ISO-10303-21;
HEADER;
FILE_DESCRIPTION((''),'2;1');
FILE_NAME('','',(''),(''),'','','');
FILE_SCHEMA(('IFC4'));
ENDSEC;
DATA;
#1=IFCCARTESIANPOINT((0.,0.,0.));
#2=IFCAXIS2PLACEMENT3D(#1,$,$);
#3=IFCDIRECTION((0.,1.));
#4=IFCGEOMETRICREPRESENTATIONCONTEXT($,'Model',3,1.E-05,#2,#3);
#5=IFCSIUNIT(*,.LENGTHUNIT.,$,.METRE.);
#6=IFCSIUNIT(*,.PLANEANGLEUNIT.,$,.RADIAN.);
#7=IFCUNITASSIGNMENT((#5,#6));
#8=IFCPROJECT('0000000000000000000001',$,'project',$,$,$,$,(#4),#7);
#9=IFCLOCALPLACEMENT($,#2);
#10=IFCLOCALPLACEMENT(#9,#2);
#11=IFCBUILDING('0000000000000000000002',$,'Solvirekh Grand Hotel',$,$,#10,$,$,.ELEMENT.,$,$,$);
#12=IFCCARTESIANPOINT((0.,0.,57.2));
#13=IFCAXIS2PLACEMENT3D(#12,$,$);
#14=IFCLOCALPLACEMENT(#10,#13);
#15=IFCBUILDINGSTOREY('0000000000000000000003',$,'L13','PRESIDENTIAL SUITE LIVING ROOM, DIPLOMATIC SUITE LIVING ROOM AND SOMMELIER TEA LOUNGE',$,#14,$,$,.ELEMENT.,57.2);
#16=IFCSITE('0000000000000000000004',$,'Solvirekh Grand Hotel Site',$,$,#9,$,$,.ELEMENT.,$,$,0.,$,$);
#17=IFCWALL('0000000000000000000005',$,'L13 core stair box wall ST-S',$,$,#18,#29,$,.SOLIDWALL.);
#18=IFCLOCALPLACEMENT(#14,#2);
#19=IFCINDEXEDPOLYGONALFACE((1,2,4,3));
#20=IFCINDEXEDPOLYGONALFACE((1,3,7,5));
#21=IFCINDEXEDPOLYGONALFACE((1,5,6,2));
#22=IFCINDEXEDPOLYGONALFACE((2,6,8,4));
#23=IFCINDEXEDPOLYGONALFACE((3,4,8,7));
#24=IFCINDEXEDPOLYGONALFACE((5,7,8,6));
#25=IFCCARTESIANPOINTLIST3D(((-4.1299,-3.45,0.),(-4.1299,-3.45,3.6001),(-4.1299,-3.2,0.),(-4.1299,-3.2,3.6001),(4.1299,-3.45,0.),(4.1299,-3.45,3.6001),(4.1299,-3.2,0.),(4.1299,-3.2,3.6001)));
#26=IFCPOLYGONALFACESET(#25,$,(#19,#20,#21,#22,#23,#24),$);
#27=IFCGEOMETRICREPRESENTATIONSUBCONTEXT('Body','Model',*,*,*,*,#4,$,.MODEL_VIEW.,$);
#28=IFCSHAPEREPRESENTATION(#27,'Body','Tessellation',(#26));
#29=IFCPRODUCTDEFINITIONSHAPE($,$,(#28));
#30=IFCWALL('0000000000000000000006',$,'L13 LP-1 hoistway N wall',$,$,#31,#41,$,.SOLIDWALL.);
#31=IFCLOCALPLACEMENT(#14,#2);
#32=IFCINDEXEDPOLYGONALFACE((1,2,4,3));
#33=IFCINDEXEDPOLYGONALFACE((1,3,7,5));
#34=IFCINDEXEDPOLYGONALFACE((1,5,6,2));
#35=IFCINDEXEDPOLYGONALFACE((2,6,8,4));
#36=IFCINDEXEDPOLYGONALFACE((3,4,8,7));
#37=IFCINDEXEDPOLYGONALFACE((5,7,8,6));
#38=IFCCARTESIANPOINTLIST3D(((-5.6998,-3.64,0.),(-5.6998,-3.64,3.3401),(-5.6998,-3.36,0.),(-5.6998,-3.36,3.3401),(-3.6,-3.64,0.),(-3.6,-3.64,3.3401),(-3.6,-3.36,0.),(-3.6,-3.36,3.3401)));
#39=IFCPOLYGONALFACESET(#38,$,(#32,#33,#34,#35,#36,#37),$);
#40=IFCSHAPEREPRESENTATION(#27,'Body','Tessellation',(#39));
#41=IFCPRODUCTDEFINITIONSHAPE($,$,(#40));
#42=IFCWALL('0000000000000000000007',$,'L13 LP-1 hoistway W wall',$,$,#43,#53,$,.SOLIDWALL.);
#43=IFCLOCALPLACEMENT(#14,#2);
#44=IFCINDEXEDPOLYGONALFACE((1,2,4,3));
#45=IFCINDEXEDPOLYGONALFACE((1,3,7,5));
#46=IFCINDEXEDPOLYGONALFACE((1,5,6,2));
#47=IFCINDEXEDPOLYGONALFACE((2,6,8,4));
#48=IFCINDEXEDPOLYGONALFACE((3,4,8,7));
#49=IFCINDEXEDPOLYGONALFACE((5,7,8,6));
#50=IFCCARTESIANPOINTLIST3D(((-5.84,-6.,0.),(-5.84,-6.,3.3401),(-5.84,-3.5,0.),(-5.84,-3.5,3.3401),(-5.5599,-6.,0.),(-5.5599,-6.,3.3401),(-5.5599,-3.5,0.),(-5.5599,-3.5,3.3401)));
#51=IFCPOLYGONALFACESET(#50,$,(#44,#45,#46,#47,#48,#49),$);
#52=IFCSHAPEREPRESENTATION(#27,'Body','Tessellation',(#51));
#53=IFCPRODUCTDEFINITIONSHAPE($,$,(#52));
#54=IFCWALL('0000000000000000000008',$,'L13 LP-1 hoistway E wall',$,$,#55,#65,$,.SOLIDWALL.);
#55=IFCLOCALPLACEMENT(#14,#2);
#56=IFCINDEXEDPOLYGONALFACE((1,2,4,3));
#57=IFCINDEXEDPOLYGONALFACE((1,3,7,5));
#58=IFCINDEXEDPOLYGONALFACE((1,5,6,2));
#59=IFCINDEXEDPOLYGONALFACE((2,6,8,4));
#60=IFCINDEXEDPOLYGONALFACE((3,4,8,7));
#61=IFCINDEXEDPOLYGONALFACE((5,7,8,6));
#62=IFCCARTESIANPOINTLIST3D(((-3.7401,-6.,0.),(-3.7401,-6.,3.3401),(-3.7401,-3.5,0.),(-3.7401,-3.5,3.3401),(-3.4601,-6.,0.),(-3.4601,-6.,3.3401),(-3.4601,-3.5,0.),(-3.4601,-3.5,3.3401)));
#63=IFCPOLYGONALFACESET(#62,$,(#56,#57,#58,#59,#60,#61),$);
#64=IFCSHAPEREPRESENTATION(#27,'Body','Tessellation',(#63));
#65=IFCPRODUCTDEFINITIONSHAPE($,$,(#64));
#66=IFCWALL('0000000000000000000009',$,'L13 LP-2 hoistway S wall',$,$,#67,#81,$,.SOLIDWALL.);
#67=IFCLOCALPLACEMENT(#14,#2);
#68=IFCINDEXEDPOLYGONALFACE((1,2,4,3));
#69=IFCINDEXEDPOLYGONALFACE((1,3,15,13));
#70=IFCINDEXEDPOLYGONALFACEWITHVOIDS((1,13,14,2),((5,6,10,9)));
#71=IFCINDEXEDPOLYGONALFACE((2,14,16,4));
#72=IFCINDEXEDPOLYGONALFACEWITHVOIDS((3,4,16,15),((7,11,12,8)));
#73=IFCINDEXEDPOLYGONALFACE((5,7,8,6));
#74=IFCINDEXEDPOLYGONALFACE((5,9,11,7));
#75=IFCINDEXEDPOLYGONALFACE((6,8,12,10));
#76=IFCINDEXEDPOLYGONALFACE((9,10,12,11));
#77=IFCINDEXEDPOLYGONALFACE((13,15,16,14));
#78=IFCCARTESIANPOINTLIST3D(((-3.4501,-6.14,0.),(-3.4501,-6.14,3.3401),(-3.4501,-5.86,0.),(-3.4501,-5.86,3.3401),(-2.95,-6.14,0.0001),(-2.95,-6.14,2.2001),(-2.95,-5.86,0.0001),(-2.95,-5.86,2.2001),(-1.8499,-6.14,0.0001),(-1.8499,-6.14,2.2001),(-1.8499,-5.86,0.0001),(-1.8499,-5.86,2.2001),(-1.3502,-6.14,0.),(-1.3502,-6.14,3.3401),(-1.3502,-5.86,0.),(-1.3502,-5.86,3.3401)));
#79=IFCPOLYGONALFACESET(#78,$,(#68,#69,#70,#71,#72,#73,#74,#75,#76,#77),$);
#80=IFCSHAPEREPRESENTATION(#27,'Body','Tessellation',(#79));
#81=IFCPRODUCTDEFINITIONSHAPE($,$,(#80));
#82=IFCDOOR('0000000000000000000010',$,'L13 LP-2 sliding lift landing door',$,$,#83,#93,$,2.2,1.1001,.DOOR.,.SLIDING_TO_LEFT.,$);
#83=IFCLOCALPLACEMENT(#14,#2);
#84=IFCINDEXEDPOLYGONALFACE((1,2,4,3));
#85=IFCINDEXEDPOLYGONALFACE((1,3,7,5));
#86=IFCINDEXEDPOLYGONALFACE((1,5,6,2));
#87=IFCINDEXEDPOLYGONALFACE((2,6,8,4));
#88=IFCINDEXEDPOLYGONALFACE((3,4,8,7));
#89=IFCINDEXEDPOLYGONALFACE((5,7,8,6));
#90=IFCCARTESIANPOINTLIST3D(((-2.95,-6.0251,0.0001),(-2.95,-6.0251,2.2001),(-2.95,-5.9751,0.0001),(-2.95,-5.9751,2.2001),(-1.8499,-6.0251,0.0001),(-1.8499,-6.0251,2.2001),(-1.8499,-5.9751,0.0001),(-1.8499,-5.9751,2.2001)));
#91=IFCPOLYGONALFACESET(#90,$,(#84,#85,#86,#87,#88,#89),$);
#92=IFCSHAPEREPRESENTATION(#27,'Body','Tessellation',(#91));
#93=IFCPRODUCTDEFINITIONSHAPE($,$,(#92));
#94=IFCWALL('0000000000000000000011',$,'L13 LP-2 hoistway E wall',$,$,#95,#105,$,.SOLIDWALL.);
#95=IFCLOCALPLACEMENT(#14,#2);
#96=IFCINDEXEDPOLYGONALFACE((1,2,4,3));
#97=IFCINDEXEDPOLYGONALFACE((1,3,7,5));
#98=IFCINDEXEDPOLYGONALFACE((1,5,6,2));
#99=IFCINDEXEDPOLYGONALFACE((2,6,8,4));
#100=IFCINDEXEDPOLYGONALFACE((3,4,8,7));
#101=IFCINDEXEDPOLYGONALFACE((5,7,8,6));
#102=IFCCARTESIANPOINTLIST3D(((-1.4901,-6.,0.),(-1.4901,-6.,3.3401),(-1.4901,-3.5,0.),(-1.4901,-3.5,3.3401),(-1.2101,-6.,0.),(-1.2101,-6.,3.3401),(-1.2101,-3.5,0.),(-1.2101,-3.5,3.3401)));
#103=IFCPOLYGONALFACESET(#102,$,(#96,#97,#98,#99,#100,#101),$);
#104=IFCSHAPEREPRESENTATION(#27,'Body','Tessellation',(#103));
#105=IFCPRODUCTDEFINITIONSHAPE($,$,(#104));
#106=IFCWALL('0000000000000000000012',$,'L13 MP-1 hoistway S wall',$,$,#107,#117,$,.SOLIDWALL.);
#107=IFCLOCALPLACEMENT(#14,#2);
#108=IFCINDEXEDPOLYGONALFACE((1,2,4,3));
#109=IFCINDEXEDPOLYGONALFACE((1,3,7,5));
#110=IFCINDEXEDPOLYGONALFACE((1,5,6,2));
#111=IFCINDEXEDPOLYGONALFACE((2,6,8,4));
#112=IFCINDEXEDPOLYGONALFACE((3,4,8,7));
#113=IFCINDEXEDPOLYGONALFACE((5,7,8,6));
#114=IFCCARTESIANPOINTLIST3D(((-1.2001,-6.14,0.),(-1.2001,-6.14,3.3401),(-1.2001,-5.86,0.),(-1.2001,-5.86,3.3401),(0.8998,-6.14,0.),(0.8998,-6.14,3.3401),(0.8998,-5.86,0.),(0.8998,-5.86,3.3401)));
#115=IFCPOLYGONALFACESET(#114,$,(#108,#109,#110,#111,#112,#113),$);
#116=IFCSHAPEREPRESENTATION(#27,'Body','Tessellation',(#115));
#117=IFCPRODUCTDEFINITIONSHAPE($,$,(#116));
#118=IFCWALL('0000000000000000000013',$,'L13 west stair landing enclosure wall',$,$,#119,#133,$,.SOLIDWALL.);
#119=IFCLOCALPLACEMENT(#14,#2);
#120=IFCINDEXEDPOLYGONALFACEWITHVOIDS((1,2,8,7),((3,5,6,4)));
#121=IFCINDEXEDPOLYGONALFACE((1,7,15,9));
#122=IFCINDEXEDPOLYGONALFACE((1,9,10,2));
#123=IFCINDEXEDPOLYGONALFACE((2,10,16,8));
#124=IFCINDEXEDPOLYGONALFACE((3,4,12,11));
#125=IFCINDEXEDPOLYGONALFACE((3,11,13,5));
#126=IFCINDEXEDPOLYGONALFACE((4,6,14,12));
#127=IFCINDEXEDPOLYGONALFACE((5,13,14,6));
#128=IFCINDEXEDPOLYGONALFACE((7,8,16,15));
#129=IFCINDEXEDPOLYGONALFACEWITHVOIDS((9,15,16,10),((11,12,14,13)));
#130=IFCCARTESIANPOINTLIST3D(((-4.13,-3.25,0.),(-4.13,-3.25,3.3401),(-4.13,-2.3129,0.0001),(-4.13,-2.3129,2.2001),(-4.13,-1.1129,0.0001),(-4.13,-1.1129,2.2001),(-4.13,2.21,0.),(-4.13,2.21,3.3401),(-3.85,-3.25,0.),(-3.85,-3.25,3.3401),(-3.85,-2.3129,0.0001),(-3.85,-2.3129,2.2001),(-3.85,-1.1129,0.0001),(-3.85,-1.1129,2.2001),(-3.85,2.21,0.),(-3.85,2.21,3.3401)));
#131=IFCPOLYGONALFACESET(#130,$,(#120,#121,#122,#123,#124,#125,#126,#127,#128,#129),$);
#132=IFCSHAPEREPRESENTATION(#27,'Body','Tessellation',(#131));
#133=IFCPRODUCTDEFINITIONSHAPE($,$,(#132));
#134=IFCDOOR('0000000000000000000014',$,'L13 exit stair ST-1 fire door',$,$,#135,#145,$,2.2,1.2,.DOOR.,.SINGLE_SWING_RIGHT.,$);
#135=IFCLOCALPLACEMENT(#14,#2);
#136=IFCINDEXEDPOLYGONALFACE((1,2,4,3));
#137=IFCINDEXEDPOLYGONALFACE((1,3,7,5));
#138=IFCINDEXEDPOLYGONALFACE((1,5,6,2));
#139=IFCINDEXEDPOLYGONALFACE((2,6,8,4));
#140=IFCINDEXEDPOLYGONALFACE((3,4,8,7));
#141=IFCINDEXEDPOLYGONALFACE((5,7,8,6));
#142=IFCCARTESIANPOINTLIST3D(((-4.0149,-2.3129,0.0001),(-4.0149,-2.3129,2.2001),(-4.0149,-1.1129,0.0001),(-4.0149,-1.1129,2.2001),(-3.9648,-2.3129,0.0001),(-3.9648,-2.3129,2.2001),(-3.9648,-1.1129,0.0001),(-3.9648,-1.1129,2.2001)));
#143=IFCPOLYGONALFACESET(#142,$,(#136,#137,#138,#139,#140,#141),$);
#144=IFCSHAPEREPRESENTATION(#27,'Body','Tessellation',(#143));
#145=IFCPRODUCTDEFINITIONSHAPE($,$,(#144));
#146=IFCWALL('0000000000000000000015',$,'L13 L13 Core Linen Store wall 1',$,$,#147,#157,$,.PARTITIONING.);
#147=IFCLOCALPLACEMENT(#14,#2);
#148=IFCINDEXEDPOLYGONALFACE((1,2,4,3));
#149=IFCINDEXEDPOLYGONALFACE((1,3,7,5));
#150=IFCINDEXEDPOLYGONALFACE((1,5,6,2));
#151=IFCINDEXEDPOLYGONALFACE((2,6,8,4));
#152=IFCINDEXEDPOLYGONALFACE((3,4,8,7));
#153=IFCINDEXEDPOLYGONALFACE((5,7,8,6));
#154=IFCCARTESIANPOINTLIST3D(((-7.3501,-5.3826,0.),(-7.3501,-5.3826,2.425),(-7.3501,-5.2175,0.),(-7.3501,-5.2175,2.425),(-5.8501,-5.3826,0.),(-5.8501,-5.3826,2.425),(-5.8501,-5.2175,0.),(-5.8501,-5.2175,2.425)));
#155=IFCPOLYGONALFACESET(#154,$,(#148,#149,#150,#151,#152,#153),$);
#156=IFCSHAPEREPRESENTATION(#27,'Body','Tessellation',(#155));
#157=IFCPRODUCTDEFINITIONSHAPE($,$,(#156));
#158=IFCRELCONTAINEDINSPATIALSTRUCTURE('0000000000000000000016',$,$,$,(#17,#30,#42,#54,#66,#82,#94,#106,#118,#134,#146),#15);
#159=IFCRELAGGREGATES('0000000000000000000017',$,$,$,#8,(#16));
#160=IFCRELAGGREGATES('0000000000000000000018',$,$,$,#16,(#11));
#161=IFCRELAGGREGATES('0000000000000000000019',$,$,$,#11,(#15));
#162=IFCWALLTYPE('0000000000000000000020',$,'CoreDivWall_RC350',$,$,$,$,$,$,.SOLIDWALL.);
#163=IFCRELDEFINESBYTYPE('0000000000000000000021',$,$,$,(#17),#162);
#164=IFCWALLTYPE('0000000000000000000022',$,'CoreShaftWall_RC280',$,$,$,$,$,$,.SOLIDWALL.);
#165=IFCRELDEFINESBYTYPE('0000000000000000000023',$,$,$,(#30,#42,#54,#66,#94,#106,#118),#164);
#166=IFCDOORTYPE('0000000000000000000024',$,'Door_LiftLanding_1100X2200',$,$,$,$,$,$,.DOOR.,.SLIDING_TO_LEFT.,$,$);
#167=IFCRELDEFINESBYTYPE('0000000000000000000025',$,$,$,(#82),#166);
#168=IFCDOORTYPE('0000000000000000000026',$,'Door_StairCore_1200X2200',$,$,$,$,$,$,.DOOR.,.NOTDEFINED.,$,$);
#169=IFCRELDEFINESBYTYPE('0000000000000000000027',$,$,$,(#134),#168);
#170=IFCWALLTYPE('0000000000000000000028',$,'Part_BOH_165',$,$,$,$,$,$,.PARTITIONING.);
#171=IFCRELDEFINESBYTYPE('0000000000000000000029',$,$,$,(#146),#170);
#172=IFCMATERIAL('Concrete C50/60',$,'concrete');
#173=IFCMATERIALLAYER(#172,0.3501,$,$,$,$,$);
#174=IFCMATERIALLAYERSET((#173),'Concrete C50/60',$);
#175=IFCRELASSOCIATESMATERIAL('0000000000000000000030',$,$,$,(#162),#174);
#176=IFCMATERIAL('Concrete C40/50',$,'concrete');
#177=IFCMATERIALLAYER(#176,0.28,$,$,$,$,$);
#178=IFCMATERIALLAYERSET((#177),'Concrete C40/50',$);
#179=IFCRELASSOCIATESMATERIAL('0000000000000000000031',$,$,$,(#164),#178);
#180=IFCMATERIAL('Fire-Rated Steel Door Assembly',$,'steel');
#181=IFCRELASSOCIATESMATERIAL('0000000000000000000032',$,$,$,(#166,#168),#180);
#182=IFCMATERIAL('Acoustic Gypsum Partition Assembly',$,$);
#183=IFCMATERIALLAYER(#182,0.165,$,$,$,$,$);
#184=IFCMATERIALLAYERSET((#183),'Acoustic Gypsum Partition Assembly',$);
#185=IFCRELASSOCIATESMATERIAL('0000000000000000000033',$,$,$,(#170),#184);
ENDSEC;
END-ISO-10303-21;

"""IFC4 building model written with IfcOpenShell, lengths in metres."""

from ifc_helpers import new_model, si_unit, direction, frame, frame_2d, origin, place, context, subcontext, project, spatial, rectangle, extrude, material, layer, layer_set, type_object, element, fill, save


model = new_model("IFC4")

# Units and contexts
model_context = context("Model", 3, precision=1e-05, world=origin(), true_north=direction((0.0, 1.0)))
body_context = subcontext(model_context, "Body", "Model", "MODEL_VIEW")
ifc_project = project(units=[si_unit("LENGTHUNIT", "METRE"), si_unit("PLANEANGLEUNIT", "RADIAN")], contexts=[model_context])

# Site, building, storey
site_placement = place(None, origin())
site = spatial("IfcSite", under=ifc_project, at=site_placement, Name="Solvirekh Grand Hotel Site", CompositionType="ELEMENT", RefElevation=0.0)
building_placement = place(site_placement, origin())
building = spatial("IfcBuilding", under=site, at=building_placement, Name="Solvirekh Grand Hotel", CompositionType="ELEMENT")
storey_placement = place(building_placement, frame((0.0, 0.0, 57.2)))
storey = spatial("IfcBuildingStorey", under=building, at=storey_placement, Name="L13", Description="PRESIDENTIAL SUITE LIVING ROOM, DIPLOMATIC SUITE LIVING ROOM AND SOMMELIER TEA LOUNGE", CompositionType="ELEMENT", Elevation=57.2)

# Walls
ifc_material_1 = material(Name="Concrete C50/60", Category="concrete")
ifc_layer_1 = layer(ifc_material_1, 0.3501)
ifc_layer_set_1 = layer_set([ifc_layer_1], Name="Concrete C50/60")
wall_type_1 = type_object("IfcWallType", Name="CoreDivWall_RC350", PredefinedType="SOLIDWALL", material=ifc_layer_set_1)
wall_1_placement = place(storey_placement, frame((-4.1299, -3.325, 0.0), z_axis=(0.0, 0.0, 1.0), x_axis=(1.0, 0.0, 0.0)))
element("IfcWall", 1, at=wall_1_placement, inside=storey, type_object=wall_type_1, Name="L13 core stair box wall ST-S", PredefinedType="SOLIDWALL", context=body_context, shape_type="SweptSolid", body=[
    extrude(rectangle(XDim=8.2598, YDim=0.25, at=frame_2d((4.1299, 0.0))), origin(), (0.0, 0.0, 1.0), 3.6001),
])
ifc_material_2 = material(Name="Concrete C40/50", Category="concrete")
ifc_layer_2 = layer(ifc_material_2, 0.28)
ifc_layer_set_2 = layer_set([ifc_layer_2], Name="Concrete C40/50")
wall_type_2 = type_object("IfcWallType", Name="CoreShaftWall_RC280", PredefinedType="SOLIDWALL", material=ifc_layer_set_2)
wall_2_placement = place(storey_placement, frame((-3.6001, -3.5, 0.0), z_axis=(0.0, 0.0, 1.0), x_axis=(-1.0, 0.0, 0.0)))
element("IfcWall", 2, at=wall_2_placement, inside=storey, type_object=wall_type_2, Name="L13 LP-1 hoistway N wall", PredefinedType="SOLIDWALL", context=body_context, shape_type="SweptSolid", body=[
    extrude(rectangle(XDim=2.0999, YDim=0.28, at=frame_2d((1.0498, 0.0))), origin(), (0.0, 0.0, 1.0), 3.3401),
])
for number, where, z_axis, x_axis, name in (
    (3, (-5.7, -3.5, 0.0), (0.0, 0.0, 1.0), (0.0, -1.0, 0.0), "L13 LP-1 hoistway W wall"),
    (4, (-3.6001, -6.0, 0.0), (0.0, 0.0, 1.0), (0.0, 1.0, 0.0), "L13 LP-1 hoistway E wall"),
):
    element("IfcWall", number, at=place(storey_placement, frame(where, z_axis=z_axis, x_axis=x_axis)), inside=storey, type_object=wall_type_2, Name=name, PredefinedType="SOLIDWALL", context=body_context, shape_type="SweptSolid", body=[
        extrude(rectangle(XDim=2.5, YDim=0.28, at=frame_2d((1.25, 0.0))), origin(), (0.0, 0.0, 1.0), 3.3401),
    ])

# Wall, opening, door
wall_3_placement = place(storey_placement, frame((-3.45, -6.0, 0.0), z_axis=(0.0, 0.0, 1.0), x_axis=(1.0, 0.0, 0.0)))
wall_3 = element("IfcWall", 5, at=wall_3_placement, inside=storey, type_object=wall_type_2, Name="L13 LP-2 hoistway S wall", PredefinedType="SOLIDWALL", context=body_context, shape_type="SweptSolid", body=[
    extrude(rectangle(XDim=2.0999, YDim=0.28, at=frame_2d((1.0498, 0.0))), origin(), (0.0, 0.0, 1.0), 3.3401),
])
opening_1_placement = place(wall_3_placement, frame((0.5, 0.0, 0.0)))
opening_1 = element("IfcOpeningElement", 6, at=opening_1_placement, cuts=wall_3, PredefinedType="OPENING", context=body_context, shape_type="SweptSolid", body=[
    extrude(rectangle(XDim=1.1001, YDim=2.2, at=frame_2d((0.55, 1.1001))), frame((0.0, 0.1499, 0.0), z_axis=(0.0, -1.0, 0.0), x_axis=(1.0, 0.0, 0.0)), (0.0, 0.0, 1.0), 0.3),
])
ifc_material_3 = material(Name="Fire-Rated Steel Door Assembly", Category="steel")
door_type_1 = type_object("IfcDoorType", Name="Door_LiftLanding_1100X2200", OperationType="SLIDING_TO_LEFT", PredefinedType="DOOR", material=ifc_material_3)
door_1_placement = place(opening_1_placement, origin())
door_1 = element("IfcDoor", 7, at=door_1_placement, inside=storey, type_object=door_type_1, Name="L13 LP-2 sliding lift landing door", OperationType="SLIDING_TO_LEFT", OverallHeight=2.2, OverallWidth=1.1001, PredefinedType="DOOR", context=body_context, shape_type="SweptSolid", body=[
    extrude(rectangle(XDim=1.1001, YDim=2.2, at=frame_2d((0.55, 1.1001))), frame((0.0, 0.0249, 0.0), z_axis=(0.0, -1.0, 0.0), x_axis=(1.0, 0.0, 0.0)), (0.0, 0.0, 1.0), 0.05),
])
fill(opening_1, door_1)

# Walls
wall_4_placement = place(storey_placement, frame((-1.3501, -6.0, 0.0), z_axis=(0.0, 0.0, 1.0), x_axis=(0.0, 1.0, 0.0)))
element("IfcWall", 8, at=wall_4_placement, inside=storey, type_object=wall_type_2, Name="L13 LP-2 hoistway E wall", PredefinedType="SOLIDWALL", context=body_context, shape_type="SweptSolid", body=[
    extrude(rectangle(XDim=2.5, YDim=0.28, at=frame_2d((1.25, 0.0))), origin(), (0.0, 0.0, 1.0), 3.3401),
])
wall_5_placement = place(storey_placement, frame((-1.2, -6.0, 0.0), z_axis=(0.0, 0.0, 1.0), x_axis=(1.0, 0.0, 0.0)))
element("IfcWall", 9, at=wall_5_placement, inside=storey, type_object=wall_type_2, Name="L13 MP-1 hoistway S wall", PredefinedType="SOLIDWALL", context=body_context, shape_type="SweptSolid", body=[
    extrude(rectangle(XDim=2.0999, YDim=0.28, at=frame_2d((1.0498, 0.0))), origin(), (0.0, 0.0, 1.0), 3.3401),
])

# Wall, opening, door
wall_6_placement = place(storey_placement, frame((-3.99, -3.25, 0.0), z_axis=(0.0, 0.0, 1.0), x_axis=(0.0, 1.0, 0.0)))
wall_6 = element("IfcWall", 10, at=wall_6_placement, inside=storey, type_object=wall_type_2, Name="L13 west stair landing enclosure wall", PredefinedType="SOLIDWALL", context=body_context, shape_type="SweptSolid", body=[
    extrude(rectangle(XDim=5.46, YDim=0.28, at=frame_2d((2.73, 0.0))), origin(), (0.0, 0.0, 1.0), 3.3401),
])
opening_2_placement = place(wall_6_placement, frame((0.937, 0.0, 0.0)))
opening_2 = element("IfcOpeningElement", 11, at=opening_2_placement, cuts=wall_6, PredefinedType="OPENING", context=body_context, shape_type="SweptSolid", body=[
    extrude(rectangle(XDim=1.2, YDim=2.2, at=frame_2d((0.6001, 1.1001))), frame((0.0, 0.1499, 0.0), z_axis=(0.0, -1.0, 0.0), x_axis=(1.0, 0.0, 0.0)), (0.0, 0.0, 1.0), 0.3),
])
door_type_2 = type_object("IfcDoorType", Name="Door_StairCore_1200X2200", OperationType="NOTDEFINED", PredefinedType="DOOR", material=ifc_material_3)
door_2_placement = place(opening_2_placement, origin())
door_2 = element("IfcDoor", 12, at=door_2_placement, inside=storey, type_object=door_type_2, Name="L13 exit stair ST-1 fire door", OperationType="SINGLE_SWING_RIGHT", OverallHeight=2.2, OverallWidth=1.2, PredefinedType="DOOR", context=body_context, shape_type="SweptSolid", body=[
    extrude(rectangle(XDim=1.2, YDim=2.2, at=frame_2d((0.6001, 1.1001))), frame((0.0, 0.0249, 0.0), z_axis=(0.0, -1.0, 0.0), x_axis=(1.0, 0.0, 0.0)), (0.0, 0.0, 1.0), 0.05),
])
fill(opening_2, door_2)

# Wall
ifc_material_4 = material(Name="Acoustic Gypsum Partition Assembly")
ifc_layer_3 = layer(ifc_material_4, 0.165)
ifc_layer_set_3 = layer_set([ifc_layer_3], Name="Acoustic Gypsum Partition Assembly")
wall_type_3 = type_object("IfcWallType", Name="Part_BOH_165", PredefinedType="PARTITIONING", material=ifc_layer_set_3)
wall_7_placement = place(storey_placement, frame((-7.3501, -5.3, 0.0), z_axis=(0.0, 0.0, 1.0), x_axis=(1.0, 0.0, 0.0)))
element("IfcWall", 13, at=wall_7_placement, inside=storey, type_object=wall_type_3, Name="L13 L13 Core Linen Store wall 1", PredefinedType="PARTITIONING", context=body_context, shape_type="SweptSolid", body=[
    extrude(rectangle(XDim=1.5, YDim=0.165, at=frame_2d((0.75, 0.0))), origin(), (0.0, 0.0, 1.0), 2.425),
])

save(model, "model.ifc")
